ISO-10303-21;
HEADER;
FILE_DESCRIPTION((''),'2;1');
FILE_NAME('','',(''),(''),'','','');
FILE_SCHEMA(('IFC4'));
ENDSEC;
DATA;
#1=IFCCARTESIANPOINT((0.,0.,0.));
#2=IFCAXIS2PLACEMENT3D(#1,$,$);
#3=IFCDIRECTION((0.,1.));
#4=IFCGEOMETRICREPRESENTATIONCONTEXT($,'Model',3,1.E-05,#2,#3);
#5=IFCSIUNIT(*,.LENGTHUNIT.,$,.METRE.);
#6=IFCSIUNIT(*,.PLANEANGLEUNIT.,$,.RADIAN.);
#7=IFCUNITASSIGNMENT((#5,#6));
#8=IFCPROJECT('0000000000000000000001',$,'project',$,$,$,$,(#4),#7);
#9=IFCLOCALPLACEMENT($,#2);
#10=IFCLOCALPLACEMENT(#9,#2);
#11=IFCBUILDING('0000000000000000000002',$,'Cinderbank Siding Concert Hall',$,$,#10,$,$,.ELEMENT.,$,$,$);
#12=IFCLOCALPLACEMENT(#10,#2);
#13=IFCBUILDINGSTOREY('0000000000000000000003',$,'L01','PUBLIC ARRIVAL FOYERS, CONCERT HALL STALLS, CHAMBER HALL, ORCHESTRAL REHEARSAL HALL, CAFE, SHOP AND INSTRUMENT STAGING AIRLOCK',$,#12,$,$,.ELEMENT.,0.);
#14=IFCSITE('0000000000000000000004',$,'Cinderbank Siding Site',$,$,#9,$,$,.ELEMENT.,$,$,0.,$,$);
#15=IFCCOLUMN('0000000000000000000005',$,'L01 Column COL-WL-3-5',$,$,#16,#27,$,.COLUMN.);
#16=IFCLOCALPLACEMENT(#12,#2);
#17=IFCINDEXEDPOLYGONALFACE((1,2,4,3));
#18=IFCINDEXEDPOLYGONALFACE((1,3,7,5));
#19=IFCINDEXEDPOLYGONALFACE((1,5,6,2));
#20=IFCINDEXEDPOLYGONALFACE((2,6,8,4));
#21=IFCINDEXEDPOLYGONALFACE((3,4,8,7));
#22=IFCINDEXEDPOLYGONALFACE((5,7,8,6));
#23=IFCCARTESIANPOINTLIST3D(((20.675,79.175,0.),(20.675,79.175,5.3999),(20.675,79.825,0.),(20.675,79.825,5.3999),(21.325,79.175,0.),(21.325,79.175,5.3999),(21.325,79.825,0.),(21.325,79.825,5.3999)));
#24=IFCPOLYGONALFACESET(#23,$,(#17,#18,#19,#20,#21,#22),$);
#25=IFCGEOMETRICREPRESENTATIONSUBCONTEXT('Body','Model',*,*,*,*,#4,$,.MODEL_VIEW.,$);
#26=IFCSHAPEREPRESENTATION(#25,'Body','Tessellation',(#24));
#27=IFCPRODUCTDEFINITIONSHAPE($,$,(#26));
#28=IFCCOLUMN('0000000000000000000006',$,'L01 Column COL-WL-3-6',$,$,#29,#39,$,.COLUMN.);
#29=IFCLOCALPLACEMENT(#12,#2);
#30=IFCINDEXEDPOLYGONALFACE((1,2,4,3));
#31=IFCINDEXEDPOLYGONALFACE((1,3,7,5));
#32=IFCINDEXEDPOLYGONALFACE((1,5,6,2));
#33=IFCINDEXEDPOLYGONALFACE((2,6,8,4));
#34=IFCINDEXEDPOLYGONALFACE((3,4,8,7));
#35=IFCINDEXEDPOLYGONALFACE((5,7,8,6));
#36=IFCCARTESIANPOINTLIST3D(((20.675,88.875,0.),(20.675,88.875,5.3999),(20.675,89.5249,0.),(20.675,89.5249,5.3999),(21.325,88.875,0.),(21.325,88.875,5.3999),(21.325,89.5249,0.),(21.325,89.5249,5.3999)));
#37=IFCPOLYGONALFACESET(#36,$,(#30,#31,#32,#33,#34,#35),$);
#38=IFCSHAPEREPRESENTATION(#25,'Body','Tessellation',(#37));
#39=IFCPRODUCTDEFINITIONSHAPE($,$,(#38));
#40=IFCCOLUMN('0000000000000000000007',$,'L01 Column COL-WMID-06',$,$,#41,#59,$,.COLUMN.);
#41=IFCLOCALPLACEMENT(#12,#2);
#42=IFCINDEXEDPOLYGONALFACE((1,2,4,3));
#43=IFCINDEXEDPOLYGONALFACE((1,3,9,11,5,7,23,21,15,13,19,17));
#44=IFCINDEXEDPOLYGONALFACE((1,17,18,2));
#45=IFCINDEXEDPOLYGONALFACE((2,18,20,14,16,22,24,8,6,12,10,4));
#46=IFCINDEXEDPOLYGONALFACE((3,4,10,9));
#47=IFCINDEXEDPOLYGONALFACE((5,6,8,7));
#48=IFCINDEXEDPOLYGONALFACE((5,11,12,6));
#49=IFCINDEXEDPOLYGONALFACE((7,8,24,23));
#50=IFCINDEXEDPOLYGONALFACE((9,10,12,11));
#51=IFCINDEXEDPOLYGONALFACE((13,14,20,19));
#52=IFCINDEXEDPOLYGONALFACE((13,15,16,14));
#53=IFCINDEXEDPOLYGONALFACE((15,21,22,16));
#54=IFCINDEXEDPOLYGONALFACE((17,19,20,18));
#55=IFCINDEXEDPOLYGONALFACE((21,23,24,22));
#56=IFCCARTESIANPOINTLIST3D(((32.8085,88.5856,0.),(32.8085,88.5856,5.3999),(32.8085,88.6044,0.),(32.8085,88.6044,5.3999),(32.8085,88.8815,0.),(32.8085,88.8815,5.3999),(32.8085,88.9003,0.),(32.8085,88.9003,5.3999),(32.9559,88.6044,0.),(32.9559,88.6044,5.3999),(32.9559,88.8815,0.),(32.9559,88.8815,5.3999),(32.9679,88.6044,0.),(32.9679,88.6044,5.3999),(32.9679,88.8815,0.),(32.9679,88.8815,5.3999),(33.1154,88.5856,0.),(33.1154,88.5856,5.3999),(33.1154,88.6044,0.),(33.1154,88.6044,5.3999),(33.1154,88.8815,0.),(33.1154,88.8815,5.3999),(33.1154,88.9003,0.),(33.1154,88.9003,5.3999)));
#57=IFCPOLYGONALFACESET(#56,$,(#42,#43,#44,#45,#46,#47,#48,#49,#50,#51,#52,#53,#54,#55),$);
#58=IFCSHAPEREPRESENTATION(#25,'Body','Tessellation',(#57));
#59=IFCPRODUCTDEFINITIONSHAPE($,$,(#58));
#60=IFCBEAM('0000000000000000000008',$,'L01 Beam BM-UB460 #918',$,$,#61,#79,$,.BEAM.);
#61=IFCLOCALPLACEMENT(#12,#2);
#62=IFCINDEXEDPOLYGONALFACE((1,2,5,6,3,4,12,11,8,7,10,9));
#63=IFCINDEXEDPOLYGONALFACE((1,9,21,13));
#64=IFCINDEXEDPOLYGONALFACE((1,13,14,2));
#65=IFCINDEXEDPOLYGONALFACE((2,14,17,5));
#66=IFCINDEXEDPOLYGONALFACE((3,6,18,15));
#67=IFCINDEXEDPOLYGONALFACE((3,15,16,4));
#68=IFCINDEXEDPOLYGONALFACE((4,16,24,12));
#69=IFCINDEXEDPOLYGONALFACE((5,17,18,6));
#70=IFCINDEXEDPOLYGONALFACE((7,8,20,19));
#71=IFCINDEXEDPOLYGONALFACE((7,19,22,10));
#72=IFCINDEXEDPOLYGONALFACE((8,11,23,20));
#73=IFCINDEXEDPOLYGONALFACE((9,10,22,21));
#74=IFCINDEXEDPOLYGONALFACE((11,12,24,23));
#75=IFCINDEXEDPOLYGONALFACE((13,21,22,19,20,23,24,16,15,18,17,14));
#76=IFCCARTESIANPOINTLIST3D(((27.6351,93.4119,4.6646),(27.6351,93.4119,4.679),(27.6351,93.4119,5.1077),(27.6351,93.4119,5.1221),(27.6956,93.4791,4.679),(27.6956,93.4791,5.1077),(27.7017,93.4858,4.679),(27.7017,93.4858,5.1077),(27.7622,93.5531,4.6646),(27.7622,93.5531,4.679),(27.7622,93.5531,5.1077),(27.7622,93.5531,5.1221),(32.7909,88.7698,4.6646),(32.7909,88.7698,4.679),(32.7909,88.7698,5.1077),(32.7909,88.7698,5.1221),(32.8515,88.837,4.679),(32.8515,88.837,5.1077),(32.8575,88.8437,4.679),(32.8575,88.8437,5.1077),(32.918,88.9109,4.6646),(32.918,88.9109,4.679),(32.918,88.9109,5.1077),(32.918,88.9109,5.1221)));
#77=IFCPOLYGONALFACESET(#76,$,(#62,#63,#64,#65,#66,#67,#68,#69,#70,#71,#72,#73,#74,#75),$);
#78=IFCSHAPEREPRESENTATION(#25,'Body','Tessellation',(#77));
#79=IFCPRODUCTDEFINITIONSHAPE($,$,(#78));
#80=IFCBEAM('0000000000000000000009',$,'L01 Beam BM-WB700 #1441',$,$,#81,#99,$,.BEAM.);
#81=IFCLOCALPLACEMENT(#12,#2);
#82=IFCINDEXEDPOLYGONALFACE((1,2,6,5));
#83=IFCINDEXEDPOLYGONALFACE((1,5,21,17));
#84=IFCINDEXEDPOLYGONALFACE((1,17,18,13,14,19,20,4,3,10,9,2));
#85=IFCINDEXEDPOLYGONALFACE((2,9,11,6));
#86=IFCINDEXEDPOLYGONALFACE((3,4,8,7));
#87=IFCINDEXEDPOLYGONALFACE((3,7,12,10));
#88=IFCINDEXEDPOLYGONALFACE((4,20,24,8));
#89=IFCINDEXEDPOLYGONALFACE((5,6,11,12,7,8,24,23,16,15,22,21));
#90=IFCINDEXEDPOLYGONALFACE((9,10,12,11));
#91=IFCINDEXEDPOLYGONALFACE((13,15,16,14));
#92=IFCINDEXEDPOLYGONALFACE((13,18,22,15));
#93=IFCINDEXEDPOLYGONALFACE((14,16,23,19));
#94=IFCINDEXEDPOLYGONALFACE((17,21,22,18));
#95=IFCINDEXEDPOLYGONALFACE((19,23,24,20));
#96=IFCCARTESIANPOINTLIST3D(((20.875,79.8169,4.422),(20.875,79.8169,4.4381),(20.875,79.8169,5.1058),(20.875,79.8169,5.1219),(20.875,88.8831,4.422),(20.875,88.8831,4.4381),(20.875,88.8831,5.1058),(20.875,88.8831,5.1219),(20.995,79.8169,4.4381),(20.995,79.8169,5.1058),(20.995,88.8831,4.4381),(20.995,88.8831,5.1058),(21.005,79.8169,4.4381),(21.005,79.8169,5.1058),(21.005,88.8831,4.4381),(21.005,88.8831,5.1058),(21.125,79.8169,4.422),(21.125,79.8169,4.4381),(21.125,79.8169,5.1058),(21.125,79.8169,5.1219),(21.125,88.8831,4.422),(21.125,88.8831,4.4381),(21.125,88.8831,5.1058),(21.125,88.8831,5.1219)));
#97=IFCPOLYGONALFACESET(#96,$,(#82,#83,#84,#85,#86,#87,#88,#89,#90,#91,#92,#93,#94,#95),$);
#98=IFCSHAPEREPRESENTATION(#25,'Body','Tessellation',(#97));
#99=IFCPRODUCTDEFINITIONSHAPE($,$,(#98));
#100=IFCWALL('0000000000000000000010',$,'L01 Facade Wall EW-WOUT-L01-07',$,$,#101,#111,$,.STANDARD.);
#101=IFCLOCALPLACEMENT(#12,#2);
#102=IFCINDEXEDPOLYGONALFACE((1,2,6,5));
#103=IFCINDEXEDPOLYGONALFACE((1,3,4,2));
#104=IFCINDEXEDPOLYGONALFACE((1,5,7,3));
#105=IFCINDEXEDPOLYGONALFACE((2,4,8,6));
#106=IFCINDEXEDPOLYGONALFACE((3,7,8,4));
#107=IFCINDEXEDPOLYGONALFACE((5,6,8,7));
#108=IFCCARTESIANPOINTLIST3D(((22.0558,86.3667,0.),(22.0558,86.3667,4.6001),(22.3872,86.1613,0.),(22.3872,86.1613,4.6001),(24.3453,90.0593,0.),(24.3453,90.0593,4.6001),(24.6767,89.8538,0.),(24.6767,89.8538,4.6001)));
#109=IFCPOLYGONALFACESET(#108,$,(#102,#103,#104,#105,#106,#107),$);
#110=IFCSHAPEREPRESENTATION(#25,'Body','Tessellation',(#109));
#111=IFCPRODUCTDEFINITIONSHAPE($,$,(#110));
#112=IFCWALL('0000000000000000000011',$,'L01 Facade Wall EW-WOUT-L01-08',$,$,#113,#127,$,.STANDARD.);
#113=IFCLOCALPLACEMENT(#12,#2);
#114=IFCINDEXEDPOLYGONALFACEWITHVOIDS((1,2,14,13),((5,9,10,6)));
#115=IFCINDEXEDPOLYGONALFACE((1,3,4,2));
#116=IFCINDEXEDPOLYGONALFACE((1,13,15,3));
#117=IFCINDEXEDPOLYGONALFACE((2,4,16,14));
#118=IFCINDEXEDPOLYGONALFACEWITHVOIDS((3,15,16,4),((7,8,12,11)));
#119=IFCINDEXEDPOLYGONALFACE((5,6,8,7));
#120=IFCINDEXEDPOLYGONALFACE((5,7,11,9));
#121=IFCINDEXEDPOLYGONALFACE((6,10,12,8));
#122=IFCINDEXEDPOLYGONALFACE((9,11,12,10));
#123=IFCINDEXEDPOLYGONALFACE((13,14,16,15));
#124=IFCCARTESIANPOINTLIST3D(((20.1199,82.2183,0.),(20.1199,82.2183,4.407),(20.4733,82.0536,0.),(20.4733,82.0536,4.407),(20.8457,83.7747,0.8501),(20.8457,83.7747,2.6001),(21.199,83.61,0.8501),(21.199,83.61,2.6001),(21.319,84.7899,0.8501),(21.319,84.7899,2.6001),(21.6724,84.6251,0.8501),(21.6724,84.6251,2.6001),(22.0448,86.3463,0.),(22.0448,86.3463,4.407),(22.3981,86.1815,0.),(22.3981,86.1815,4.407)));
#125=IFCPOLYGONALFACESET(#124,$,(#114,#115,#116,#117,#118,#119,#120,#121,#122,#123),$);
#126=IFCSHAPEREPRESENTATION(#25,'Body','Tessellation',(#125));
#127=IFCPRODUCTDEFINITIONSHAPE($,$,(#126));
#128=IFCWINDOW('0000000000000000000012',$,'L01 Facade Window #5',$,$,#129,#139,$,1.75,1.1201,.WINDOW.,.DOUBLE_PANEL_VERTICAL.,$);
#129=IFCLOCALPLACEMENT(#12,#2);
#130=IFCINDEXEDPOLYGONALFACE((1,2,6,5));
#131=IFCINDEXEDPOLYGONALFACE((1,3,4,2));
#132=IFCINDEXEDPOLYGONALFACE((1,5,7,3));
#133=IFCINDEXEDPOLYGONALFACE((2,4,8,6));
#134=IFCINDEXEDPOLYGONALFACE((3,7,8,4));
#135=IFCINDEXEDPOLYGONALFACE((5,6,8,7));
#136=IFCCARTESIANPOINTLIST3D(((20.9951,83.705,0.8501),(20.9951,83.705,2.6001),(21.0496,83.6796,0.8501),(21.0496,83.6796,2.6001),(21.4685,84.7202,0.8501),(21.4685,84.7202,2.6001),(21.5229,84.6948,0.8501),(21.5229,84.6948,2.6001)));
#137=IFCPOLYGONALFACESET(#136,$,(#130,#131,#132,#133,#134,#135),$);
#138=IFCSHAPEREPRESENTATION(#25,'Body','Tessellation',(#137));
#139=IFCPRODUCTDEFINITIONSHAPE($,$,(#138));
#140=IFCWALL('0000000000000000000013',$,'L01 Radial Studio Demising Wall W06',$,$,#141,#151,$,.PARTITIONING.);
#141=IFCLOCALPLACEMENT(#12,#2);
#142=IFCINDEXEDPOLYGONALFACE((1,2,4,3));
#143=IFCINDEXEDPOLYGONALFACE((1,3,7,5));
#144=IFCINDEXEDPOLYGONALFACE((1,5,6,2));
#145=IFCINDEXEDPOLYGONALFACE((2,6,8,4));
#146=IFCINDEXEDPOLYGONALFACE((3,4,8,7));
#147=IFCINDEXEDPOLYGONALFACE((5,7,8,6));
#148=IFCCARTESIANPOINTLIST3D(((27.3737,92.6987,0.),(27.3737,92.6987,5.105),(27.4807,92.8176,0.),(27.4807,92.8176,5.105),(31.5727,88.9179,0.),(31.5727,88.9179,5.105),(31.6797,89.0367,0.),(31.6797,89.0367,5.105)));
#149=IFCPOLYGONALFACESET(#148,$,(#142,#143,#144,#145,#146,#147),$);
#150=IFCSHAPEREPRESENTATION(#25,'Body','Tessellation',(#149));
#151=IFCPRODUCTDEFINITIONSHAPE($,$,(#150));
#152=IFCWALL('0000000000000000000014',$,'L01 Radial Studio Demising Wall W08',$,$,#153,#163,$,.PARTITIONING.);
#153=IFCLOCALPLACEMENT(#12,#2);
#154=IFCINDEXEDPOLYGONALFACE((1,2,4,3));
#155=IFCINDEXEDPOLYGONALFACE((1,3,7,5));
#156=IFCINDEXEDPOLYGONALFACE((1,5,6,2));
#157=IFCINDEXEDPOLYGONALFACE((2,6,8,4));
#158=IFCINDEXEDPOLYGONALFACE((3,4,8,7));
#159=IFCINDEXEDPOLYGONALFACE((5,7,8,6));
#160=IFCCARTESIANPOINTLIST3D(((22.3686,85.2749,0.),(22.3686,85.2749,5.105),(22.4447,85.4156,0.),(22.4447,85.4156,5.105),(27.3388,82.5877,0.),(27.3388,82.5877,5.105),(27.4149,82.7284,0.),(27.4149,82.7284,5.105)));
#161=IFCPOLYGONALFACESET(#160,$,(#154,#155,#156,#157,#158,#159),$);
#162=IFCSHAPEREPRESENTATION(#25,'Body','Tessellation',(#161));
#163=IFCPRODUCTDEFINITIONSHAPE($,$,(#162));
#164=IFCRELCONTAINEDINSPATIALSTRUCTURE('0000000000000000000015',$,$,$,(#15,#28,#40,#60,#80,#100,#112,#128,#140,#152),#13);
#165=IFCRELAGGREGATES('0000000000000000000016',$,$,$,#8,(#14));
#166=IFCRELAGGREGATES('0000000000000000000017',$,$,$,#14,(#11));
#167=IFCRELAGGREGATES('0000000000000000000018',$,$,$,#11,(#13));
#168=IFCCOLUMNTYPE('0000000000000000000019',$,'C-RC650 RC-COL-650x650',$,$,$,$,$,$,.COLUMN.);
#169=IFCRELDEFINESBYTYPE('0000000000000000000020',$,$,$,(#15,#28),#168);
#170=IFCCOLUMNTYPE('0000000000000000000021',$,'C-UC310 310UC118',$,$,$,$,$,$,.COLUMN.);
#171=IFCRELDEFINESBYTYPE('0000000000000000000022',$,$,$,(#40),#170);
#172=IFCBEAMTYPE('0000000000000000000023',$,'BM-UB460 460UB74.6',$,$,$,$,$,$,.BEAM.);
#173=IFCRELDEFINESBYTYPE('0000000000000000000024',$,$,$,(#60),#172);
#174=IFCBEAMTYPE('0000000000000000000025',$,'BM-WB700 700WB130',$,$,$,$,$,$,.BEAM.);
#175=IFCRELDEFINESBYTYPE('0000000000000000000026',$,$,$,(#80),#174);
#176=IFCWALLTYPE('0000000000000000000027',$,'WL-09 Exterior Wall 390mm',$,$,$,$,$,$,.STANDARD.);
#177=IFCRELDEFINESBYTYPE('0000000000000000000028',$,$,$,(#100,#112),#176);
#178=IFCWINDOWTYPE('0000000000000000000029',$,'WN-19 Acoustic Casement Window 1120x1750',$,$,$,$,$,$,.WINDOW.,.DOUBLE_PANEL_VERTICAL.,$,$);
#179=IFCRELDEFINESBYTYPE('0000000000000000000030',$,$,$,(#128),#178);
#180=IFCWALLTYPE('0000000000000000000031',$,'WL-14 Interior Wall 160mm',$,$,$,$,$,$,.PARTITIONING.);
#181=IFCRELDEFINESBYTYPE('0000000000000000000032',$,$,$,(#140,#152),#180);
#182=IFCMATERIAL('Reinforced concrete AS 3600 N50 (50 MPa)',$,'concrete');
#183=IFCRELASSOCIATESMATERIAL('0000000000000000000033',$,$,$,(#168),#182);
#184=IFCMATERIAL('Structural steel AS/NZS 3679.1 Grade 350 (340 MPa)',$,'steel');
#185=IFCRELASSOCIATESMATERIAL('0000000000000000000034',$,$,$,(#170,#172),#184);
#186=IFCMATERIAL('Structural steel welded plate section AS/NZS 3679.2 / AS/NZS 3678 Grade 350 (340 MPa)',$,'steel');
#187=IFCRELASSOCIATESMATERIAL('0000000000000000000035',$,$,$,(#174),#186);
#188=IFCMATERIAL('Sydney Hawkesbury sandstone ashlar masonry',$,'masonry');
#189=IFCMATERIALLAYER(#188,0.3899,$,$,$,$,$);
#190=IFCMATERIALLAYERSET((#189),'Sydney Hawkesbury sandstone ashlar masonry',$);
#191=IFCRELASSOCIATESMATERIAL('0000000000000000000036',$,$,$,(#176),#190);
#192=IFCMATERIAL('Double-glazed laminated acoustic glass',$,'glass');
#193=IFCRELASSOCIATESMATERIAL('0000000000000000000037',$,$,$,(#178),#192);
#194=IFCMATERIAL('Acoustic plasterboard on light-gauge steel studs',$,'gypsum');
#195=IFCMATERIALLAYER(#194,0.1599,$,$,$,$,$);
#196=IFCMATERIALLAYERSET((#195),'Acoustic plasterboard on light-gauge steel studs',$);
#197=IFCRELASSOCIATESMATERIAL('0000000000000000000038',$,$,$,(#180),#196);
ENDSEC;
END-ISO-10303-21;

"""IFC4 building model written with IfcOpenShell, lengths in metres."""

from ifc_helpers import new_model, si_unit, direction, frame, frame_2d, origin, origin_2d, place, context, subcontext, project, spatial, rectangle, i_section, extrude, material, layer, layer_set, material_profile, profile_set, type_object, element, fill, save


model = new_model("IFC4")

# Units and contexts
model_context = context("Model", 3, precision=1e-05, world=origin(), true_north=direction((0.0, 1.0)))
body_context = subcontext(model_context, "Body", "Model", "MODEL_VIEW")
ifc_project = project(units=[si_unit("LENGTHUNIT", "METRE"), si_unit("PLANEANGLEUNIT", "RADIAN")], contexts=[model_context])

# Site, building, storey
site_placement = place(None, origin())
site = spatial("IfcSite", under=ifc_project, at=site_placement, Name="Cinderbank Siding Site", CompositionType="ELEMENT", RefElevation=0.0)
building_placement = place(site_placement, origin())
building = spatial("IfcBuilding", under=site, at=building_placement, Name="Cinderbank Siding Concert Hall", CompositionType="ELEMENT")
storey_placement = place(building_placement, origin())
storey = spatial("IfcBuildingStorey", under=building, at=storey_placement, Name="L01", Description="PUBLIC ARRIVAL FOYERS, CONCERT HALL STALLS, CHAMBER HALL, ORCHESTRAL REHEARSAL HALL, CAFE, SHOP AND INSTRUMENT STAGING AIRLOCK", CompositionType="ELEMENT", Elevation=0.0)

# Columns
ifc_material_1 = material(Name="Reinforced concrete AS 3600 N50 (50 MPa)", Category="concrete")
ifc_material_profile_1 = material_profile(ifc_material_1, rectangle(XDim=0.6499, YDim=0.6499, at=origin_2d()), Name="RC-COL-650x650", Category="LoadBearing")
ifc_profile_set_1 = profile_set([ifc_material_profile_1], Name="Reinforced concrete AS 3600 N50 (50 MPa)")
column_type_1 = type_object("IfcColumnType", Name="C-RC650 RC-COL-650x650", PredefinedType="COLUMN", material=ifc_profile_set_1)
for number, where, z_axis, x_axis, name in (
    (1, (21.0, 79.5, 0.0), (0.0, 0.0, 1.0), (1.0, 0.0, 0.0), "L01 Column COL-WL-3-5"),
    (2, (21.0, 89.2, 0.0), (0.0, 0.0, 1.0), (1.0, 0.0, 0.0), "L01 Column COL-WL-3-6"),
):
    element("IfcColumn", number, at=place(storey_placement, frame(where, z_axis=z_axis, x_axis=x_axis)), inside=storey, type_object=column_type_1, Name=name, PredefinedType="COLUMN", context=body_context, shape_type="SweptSolid", body=[
        extrude(rectangle(XDim=0.6499, YDim=0.6499, at=origin_2d()), origin(), (0.0, 0.0, 1.0), 5.3999),
    ])
ifc_material_2 = material(Name="Structural steel AS/NZS 3679.1 Grade 350 (340 MPa)", Category="steel")
ifc_material_profile_2 = material_profile(ifc_material_2, i_section(OverallWidth=0.3069, OverallDepth=0.3147, WebThickness=0.012, FlangeThickness=0.0188, at=origin_2d()), Name="310UC118", Category="LoadBearing")
ifc_profile_set_2 = profile_set([ifc_material_profile_2], Name="Structural steel AS/NZS 3679.1 Grade 350 (340 MPa)")
column_type_2 = type_object("IfcColumnType", Name="C-UC310 310UC118", PredefinedType="COLUMN", material=ifc_profile_set_2)
column_placement = place(storey_placement, frame((32.9619, 88.7429, 0.0), z_axis=(0.0, 0.0, 1.0), x_axis=(1.0, 0.0, 0.0)))
element("IfcColumn", 3, at=column_placement, inside=storey, type_object=column_type_2, Name="L01 Column COL-WMID-06", PredefinedType="COLUMN", context=body_context, shape_type="SweptSolid", body=[
    extrude(i_section(OverallWidth=0.3069, OverallDepth=0.3147, WebThickness=0.012, FlangeThickness=0.0188, at=origin_2d()), origin(), (0.0, 0.0, 1.0), 5.3999),
])

# Beams
ifc_material_profile_3 = material_profile(ifc_material_2, i_section(OverallWidth=0.1899, OverallDepth=0.4575, WebThickness=0.009, FlangeThickness=0.0144, at=origin_2d()), Name="460UB74.6", Category="LoadBearing")
ifc_profile_set_3 = profile_set([ifc_material_profile_3], Name="Structural steel AS/NZS 3679.1 Grade 350 (340 MPa)")
beam_type_1 = type_object("IfcBeamType", Name="BM-UB460 460UB74.6", PredefinedType="BEAM", material=ifc_profile_set_3)
beam_1_placement = place(storey_placement, frame((32.8545, 88.8403, 4.8933), z_axis=(-0.743158, 0.669116, 0.0), x_axis=(-0.669116, -0.743158, 0.0)))
element("IfcBeam", 4, at=beam_1_placement, inside=storey, type_object=beam_type_1, Name="L01 Beam BM-UB460 #918", PredefinedType="BEAM", context=body_context, shape_type="SweptSolid", body=[
    extrude(i_section(OverallWidth=0.1899, OverallDepth=0.4575, WebThickness=0.009, FlangeThickness=0.0144, at=origin_2d()), origin(), (0.0, 0.0, 1.0), 6.9377),
])
ifc_material_3 = material(Name="Structural steel welded plate section AS/NZS 3679.2 / AS/NZS 3678 Grade 350 (340 MPa)", Category="steel")
ifc_material_profile_4 = material_profile(ifc_material_3, i_section(OverallWidth=0.25, OverallDepth=0.7, WebThickness=0.01, FlangeThickness=0.0161, at=origin_2d()), Name="700WB130", Category="LoadBearing")
ifc_profile_set_4 = profile_set([ifc_material_profile_4], Name="Structural steel welded plate section AS/NZS 3679.2 / AS/NZS 3678 Grade 350 (340 MPa)")
beam_type_2 = type_object("IfcBeamType", Name="BM-WB700 700WB130", PredefinedType="BEAM", material=ifc_profile_set_4)
beam_2_placement = place(storey_placement, frame((21.0, 79.8169, 4.772), z_axis=(0.0, 1.0, 0.0), x_axis=(-1.0, 0.0, 0.0)))
element("IfcBeam", 5, at=beam_2_placement, inside=storey, type_object=beam_type_2, Name="L01 Beam BM-WB700 #1441", PredefinedType="BEAM", context=body_context, shape_type="SweptSolid", body=[
    extrude(i_section(OverallWidth=0.25, OverallDepth=0.7, WebThickness=0.01, FlangeThickness=0.0161, at=origin_2d()), origin(), (0.0, 0.0, 1.0), 9.0662),
])

# Wall
ifc_material_4 = material(Name="Sydney Hawkesbury sandstone ashlar masonry", Category="masonry")
ifc_layer_1 = layer(ifc_material_4, 0.3899)
ifc_layer_set_1 = layer_set([ifc_layer_1], Name="Sydney Hawkesbury sandstone ashlar masonry")
wall_type_1 = type_object("IfcWallType", Name="WL-09 Exterior Wall 390mm", PredefinedType="STANDARD", material=ifc_layer_set_1)
wall_1_placement = place(storey_placement, frame((24.511, 89.9565, 0.0), z_axis=(0.0, 0.0, 1.0), x_axis=(-0.52696, -0.84989, 0.0)))
element("IfcWall", 6, at=wall_1_placement, inside=storey, type_object=wall_type_1, Name="L01 Facade Wall EW-WOUT-L01-07", PredefinedType="STANDARD", context=body_context, shape_type="SweptSolid", body=[
    extrude(rectangle(XDim=4.3447, YDim=0.3899, at=frame_2d((2.1724, 0.0))), origin(), (0.0, 0.0, 1.0), 4.6001),
])

# Wall, opening, window
wall_2_placement = place(storey_placement, frame((22.2214, 86.2639, 0.0), z_axis=(0.0, 0.0, 1.0), x_axis=(-0.422604, -0.906315, 0.0)))
wall_2 = element("IfcWall", 7, at=wall_2_placement, inside=storey, type_object=wall_type_1, Name="L01 Facade Wall EW-WOUT-L01-08", PredefinedType="STANDARD", context=body_context, shape_type="SweptSolid", body=[
    extrude(rectangle(XDim=4.5547, YDim=0.3899, at=frame_2d((2.2773, 0.0))), origin(), (0.0, 0.0, 1.0), 4.407),
])
opening_1_placement = place(wall_2_placement, frame((1.7173, 0.0, 0.8501)))
opening_1 = element("IfcOpeningElement", 8, at=opening_1_placement, cuts=wall_2, PredefinedType="OPENING", context=body_context, shape_type="SweptSolid", body=[
    extrude(rectangle(XDim=1.1201, YDim=1.75, at=frame_2d((0.5601, 0.875))), frame((0.0, 0.207, 0.0), z_axis=(0.0, -1.0, 0.0), x_axis=(1.0, 0.0, 0.0)), (0.0, 0.0, 1.0), 0.4138),
])
ifc_material_5 = material(Name="Double-glazed laminated acoustic glass", Category="glass")
window_type = type_object("IfcWindowType", Name="WN-19 Acoustic Casement Window 1120x1750", PartitioningType="DOUBLE_PANEL_VERTICAL", PredefinedType="WINDOW", material=ifc_material_5)
window_placement = place(opening_1_placement, origin())
window = element("IfcWindow", 9, at=window_placement, inside=storey, type_object=window_type, Name="L01 Facade Window #5", OverallHeight=1.75, OverallWidth=1.1201, PartitioningType="DOUBLE_PANEL_VERTICAL", PredefinedType="WINDOW", context=body_context, shape_type="SweptSolid", body=[
    extrude(rectangle(XDim=1.1201, YDim=1.75, at=frame_2d((0.5601, 0.875))), frame((0.0, 0.03, 0.0), z_axis=(0.0, -1.0, 0.0), x_axis=(1.0, 0.0, 0.0)), (0.0, 0.0, 1.0), 0.0601),
])
fill(opening_1, window)

# Walls
ifc_material_6 = material(Name="Acoustic plasterboard on light-gauge steel studs", Category="gypsum")
ifc_layer_2 = layer(ifc_material_6, 0.1599)
ifc_layer_set_2 = layer_set([ifc_layer_2], Name="Acoustic plasterboard on light-gauge steel studs")
wall_type_2 = type_object("IfcWallType", Name="WL-14 Interior Wall 160mm", PredefinedType="PARTITIONING", material=ifc_layer_set_2)
wall_3_placement = place(storey_placement, frame((31.6262, 88.9773, 0.0), z_axis=(0.0, 0.0, 1.0), x_axis=(-0.743146, 0.669129, 0.0)))
element("IfcWall", 10, at=wall_3_placement, inside=storey, type_object=wall_type_2, Name="L01 Radial Studio Demising Wall W06", PredefinedType="PARTITIONING", context=body_context, shape_type="SweptSolid", body=[
    extrude(rectangle(XDim=5.6504, YDim=0.1599, at=frame_2d((2.8252, 0.0))), origin(), (0.0, 0.0, 1.0), 5.105),
])
wall_4_placement = place(storey_placement, frame((27.377, 82.658, 0.0), z_axis=(0.0, 0.0, 1.0), x_axis=(-0.879658, 0.475607, 0.0)))
element("IfcWall", 11, at=wall_4_placement, inside=storey, type_object=wall_type_2, Name="L01 Radial Studio Demising Wall W08", PredefinedType="PARTITIONING", context=body_context, shape_type="SweptSolid", body=[
    extrude(rectangle(XDim=5.6501, YDim=0.1599, at=frame_2d((2.8252, 0.0))), origin(), (0.0, 0.0, 1.0), 5.105),
])

save(model, "model.ifc")
